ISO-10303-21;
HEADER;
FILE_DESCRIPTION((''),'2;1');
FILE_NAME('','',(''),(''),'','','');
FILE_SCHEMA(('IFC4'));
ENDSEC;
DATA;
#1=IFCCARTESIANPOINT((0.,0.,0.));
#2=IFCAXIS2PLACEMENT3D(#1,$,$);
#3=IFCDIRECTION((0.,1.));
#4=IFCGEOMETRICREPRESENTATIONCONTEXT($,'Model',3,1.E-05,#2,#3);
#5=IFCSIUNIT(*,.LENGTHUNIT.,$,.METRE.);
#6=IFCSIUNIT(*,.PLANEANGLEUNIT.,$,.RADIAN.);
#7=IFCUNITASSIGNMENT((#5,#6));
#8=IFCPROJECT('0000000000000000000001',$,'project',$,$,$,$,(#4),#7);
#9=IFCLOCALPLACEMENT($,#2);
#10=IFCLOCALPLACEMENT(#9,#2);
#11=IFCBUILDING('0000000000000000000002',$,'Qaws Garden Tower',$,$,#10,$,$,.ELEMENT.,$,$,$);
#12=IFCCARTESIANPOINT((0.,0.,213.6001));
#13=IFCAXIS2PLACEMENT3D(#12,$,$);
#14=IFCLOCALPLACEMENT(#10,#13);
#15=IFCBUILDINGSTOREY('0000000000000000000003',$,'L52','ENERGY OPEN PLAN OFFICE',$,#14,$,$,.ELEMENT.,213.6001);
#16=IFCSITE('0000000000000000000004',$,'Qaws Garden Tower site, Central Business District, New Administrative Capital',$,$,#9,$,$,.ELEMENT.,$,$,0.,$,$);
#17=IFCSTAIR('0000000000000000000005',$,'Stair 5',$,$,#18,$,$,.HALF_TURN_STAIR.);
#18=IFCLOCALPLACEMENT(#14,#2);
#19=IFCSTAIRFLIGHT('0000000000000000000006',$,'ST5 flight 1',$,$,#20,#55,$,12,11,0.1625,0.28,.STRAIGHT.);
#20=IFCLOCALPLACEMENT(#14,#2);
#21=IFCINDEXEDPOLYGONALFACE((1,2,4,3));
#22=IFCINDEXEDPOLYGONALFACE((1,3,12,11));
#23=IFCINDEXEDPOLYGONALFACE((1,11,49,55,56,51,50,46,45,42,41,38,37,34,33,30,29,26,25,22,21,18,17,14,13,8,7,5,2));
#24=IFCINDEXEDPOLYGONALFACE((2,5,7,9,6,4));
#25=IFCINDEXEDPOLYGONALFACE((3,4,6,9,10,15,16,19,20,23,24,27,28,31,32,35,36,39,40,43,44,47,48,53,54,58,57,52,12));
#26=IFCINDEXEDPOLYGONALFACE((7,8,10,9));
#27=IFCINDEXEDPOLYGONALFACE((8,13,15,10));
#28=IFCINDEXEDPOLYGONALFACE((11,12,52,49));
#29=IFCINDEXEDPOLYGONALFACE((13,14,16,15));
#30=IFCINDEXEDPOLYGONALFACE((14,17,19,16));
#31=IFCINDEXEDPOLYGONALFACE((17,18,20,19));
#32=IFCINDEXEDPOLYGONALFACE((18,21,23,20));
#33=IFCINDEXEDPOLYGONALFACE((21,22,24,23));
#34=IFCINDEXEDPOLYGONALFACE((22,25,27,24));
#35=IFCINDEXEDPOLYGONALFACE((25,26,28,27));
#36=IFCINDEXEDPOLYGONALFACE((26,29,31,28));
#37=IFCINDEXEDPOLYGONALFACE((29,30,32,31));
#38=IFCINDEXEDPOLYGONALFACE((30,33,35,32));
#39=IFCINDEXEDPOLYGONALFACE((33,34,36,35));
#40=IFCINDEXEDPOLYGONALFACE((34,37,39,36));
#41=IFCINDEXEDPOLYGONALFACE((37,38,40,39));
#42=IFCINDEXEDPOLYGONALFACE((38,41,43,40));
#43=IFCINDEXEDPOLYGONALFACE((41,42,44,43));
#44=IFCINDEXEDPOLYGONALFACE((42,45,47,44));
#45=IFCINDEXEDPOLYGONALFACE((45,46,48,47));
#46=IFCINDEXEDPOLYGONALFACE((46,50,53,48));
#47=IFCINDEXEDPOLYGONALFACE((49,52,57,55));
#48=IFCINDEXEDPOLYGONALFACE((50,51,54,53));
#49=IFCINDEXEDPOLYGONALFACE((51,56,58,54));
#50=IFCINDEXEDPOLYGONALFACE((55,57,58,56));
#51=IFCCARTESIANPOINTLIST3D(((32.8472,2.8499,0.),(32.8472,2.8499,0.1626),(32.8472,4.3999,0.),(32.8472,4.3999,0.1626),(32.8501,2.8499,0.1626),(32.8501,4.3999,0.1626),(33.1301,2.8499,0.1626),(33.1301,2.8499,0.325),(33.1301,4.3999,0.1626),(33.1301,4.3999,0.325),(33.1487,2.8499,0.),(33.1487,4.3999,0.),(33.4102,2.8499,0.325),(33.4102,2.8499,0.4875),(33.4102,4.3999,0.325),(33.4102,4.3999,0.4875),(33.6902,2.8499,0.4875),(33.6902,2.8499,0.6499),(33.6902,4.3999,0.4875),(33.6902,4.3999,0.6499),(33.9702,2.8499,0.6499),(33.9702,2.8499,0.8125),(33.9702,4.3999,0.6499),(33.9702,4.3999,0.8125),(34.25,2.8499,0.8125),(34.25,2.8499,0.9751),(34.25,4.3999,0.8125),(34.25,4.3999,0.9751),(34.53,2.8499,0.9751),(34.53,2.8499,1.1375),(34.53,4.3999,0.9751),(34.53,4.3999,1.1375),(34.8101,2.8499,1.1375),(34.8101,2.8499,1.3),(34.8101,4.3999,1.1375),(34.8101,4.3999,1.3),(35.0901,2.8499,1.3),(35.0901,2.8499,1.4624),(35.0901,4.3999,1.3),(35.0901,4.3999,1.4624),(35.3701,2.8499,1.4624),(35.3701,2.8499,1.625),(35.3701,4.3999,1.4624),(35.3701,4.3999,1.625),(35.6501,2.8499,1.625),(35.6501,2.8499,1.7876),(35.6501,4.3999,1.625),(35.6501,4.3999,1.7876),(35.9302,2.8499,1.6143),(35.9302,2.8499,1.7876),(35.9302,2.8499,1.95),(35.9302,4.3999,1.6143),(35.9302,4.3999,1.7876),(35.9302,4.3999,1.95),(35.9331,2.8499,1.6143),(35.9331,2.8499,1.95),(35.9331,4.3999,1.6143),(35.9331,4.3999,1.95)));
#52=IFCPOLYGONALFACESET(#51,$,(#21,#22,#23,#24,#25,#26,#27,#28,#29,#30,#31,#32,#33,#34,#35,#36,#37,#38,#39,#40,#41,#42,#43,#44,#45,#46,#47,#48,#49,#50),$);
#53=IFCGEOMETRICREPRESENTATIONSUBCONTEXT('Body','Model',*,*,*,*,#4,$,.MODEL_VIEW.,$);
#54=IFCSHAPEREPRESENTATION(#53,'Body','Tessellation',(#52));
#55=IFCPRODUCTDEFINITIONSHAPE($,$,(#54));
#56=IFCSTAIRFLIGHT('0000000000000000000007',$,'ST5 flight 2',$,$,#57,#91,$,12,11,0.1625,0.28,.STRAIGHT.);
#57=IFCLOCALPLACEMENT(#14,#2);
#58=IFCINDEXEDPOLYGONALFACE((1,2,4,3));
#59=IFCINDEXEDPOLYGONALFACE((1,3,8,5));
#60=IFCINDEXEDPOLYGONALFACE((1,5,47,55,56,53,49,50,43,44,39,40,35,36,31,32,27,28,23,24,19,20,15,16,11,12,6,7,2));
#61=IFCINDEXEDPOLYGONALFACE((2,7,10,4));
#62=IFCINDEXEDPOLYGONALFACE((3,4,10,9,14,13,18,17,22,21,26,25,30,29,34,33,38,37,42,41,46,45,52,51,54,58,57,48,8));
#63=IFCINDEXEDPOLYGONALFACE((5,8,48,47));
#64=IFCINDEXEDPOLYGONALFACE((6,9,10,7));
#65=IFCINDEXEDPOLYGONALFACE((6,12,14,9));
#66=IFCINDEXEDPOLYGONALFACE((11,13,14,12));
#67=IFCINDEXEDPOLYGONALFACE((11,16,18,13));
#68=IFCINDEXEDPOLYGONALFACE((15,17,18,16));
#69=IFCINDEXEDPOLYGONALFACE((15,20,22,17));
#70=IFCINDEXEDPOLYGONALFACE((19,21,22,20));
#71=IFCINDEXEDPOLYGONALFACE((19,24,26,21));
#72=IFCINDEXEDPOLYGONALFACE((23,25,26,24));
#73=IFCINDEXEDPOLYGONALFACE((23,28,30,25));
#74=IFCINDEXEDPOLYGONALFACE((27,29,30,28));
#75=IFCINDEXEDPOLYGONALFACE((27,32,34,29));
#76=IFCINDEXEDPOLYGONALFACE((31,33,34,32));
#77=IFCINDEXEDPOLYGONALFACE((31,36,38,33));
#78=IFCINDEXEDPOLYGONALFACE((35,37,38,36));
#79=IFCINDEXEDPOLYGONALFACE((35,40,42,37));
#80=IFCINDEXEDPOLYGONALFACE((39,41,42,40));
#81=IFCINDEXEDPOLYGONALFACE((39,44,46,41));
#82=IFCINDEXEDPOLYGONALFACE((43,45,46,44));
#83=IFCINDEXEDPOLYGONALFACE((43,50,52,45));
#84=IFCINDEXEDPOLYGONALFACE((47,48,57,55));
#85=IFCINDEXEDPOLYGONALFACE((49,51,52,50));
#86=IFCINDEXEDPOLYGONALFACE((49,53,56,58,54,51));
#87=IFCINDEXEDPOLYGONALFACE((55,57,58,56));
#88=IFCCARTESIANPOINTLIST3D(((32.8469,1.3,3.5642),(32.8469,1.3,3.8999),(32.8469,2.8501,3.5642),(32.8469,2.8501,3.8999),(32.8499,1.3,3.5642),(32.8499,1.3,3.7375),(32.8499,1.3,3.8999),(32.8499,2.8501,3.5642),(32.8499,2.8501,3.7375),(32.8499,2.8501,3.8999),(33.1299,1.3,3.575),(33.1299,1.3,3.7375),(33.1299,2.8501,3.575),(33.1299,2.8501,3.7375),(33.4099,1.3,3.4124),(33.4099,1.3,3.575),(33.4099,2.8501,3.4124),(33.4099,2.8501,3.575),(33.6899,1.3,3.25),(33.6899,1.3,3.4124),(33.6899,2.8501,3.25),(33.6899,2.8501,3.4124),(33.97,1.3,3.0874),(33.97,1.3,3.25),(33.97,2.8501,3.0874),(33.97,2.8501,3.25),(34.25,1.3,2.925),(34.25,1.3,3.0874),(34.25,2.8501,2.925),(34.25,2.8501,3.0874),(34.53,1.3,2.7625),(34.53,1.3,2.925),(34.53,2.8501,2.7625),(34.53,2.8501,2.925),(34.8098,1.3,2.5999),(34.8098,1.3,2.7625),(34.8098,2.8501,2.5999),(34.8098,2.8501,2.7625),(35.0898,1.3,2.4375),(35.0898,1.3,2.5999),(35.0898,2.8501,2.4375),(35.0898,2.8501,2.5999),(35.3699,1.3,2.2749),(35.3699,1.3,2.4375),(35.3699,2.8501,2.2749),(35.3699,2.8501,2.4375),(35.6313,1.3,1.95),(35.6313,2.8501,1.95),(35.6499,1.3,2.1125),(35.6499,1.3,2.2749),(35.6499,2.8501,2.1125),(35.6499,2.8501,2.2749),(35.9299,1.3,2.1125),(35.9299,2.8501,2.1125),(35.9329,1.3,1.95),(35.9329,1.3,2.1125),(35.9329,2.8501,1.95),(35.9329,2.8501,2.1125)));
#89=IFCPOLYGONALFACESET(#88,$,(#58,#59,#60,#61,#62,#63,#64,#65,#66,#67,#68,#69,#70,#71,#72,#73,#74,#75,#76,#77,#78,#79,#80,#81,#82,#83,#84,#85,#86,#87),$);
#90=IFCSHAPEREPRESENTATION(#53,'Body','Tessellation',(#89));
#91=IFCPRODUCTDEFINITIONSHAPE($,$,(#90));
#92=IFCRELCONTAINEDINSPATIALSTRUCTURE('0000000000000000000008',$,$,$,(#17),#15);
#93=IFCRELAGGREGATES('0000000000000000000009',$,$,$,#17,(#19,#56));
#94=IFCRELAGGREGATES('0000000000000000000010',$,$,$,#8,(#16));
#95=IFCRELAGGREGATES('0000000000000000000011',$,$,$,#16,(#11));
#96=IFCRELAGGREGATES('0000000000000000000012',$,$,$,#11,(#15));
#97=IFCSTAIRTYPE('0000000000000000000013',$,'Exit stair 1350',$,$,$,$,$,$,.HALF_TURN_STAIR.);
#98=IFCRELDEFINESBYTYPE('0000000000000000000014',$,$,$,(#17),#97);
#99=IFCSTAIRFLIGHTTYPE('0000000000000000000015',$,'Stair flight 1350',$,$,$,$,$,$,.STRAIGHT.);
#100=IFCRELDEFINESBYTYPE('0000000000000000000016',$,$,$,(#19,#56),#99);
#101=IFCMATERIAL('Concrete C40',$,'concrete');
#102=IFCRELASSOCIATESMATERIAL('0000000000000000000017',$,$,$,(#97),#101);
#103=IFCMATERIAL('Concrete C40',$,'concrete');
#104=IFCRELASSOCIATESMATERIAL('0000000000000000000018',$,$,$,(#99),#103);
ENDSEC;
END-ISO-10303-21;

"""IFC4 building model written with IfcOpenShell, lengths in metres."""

from ifc_helpers import new_model, si_unit, direction, frame, origin, place, context, subcontext, project, spatial, polyline, outline, extrude, material, type_object, element, aggregate, save


model = new_model("IFC4")

# Units and contexts
model_context = context("Model", 3, precision=1e-05, world=origin(), true_north=direction((0.0, 1.0)))
body_context = subcontext(model_context, "Body", "Model", "MODEL_VIEW")
ifc_project = project(units=[si_unit("LENGTHUNIT", "METRE"), si_unit("PLANEANGLEUNIT", "RADIAN")], contexts=[model_context])

# Site, building, storey
site_placement = place(None, origin())
site = spatial("IfcSite", under=ifc_project, at=site_placement, Name="Qaws Garden Tower site, Central Business District, New Administrative Capital", CompositionType="ELEMENT", RefElevation=0.0)
building_placement = place(site_placement, origin())
building = spatial("IfcBuilding", under=site, at=building_placement, Name="Qaws Garden Tower", CompositionType="ELEMENT")
storey_placement = place(building_placement, frame((0.0, 0.0, 213.6001)))
storey = spatial("IfcBuildingStorey", under=building, at=storey_placement, Name="L52", Description="ENERGY OPEN PLAN OFFICE", CompositionType="ELEMENT", Elevation=213.6001)

# Stair, stair flights
ifc_material_1 = material(Name="Concrete C40", Category="concrete")
stair_type = type_object("IfcStairType", Name="Exit stair 1350", PredefinedType="HALF_TURN_STAIR", material=ifc_material_1)
stair_placement = place(storey_placement, origin())
stair = element("IfcStair", 1, at=stair_placement, inside=storey, type_object=stair_type, Name="Stair 5", PredefinedType="HALF_TURN_STAIR")
ifc_material_2 = material(Name="Concrete C40", Category="concrete")
stair_flight_type = type_object("IfcStairFlightType", Name="Stair flight 1350", PredefinedType="STRAIGHT", material=ifc_material_2)
stair_flight_1_placement = place(storey_placement, frame((32.8501, 3.625, 0.0), z_axis=(0.0, 0.0, 1.0), x_axis=(1.0, 0.0, 0.0)))
stair_flight_1 = element("IfcStairFlight", 2, at=stair_flight_1_placement, type_object=stair_flight_type, Name="ST5 flight 1", NumberOfRisers=12, NumberOfTreads=11, PredefinedType="STRAIGHT", RiserHeight=0.1625, TreadLength=0.28, context=body_context, shape_type="SweptSolid", body=[
    extrude(outline(polyline([(-0.0029, 0.0), (-0.0029, 0.1626), (0.0, 0.1626), (0.28, 0.1626), (0.28, 0.325), (0.5601, 0.325), (0.5601, 0.4875), (0.8401, 0.4875), (0.8401, 0.6499), (1.1201, 0.6499), (1.1201, 0.8125), (1.3999, 0.8125), (1.3999, 0.9751), (1.6799, 0.9751), (1.6799, 1.1375), (1.96, 1.1375), (1.96, 1.3), (2.24, 1.3), (2.24, 1.4624), (2.52, 1.4624), (2.52, 1.625), (2.8, 1.625), (2.8, 1.7876), (3.0801, 1.7876), (3.0801, 1.95), (3.083, 1.95), (3.083, 1.6143), (3.0801, 1.6143), (0.2986, 0.0), (-0.0029, 0.0)])), frame((0.0, 0.7749, 0.0), z_axis=(0.0, -1.0, 0.0), x_axis=(1.0, 0.0, 0.0)), (0.0, 0.0, 1.0), 1.55),
])
stair_flight_2_placement = place(storey_placement, frame((35.9299, 2.075, 1.95), z_axis=(0.0, 0.0, 1.0), x_axis=(-1.0, 0.0, 0.0)))
stair_flight_2 = element("IfcStairFlight", 3, at=stair_flight_2_placement, type_object=stair_flight_type, Name="ST5 flight 2", NumberOfRisers=12, NumberOfTreads=11, PredefinedType="STRAIGHT", RiserHeight=0.1625, TreadLength=0.28, context=body_context, shape_type="SweptSolid", body=[
    extrude(outline(polyline([(-0.0029, 0.0), (-0.0029, 0.1626), (0.0, 0.1626), (0.28, 0.1626), (0.28, 0.325), (0.5601, 0.325), (0.5601, 0.4875), (0.8401, 0.4875), (0.8401, 0.6499), (1.1201, 0.6499), (1.1201, 0.8125), (1.3999, 0.8125), (1.3999, 0.9751), (1.6799, 0.9751), (1.6799, 1.1375), (1.96, 1.1375), (1.96, 1.3), (2.24, 1.3), (2.24, 1.4624), (2.52, 1.4624), (2.52, 1.625), (2.8, 1.625), (2.8, 1.7876), (3.0801, 1.7876), (3.0801, 1.95), (3.083, 1.95), (3.083, 1.6143), (3.0801, 1.6143), (0.2986, 0.0), (-0.0029, 0.0)])), frame((0.0, 0.7749, 0.0), z_axis=(0.0, -1.0, 0.0), x_axis=(1.0, 0.0, 0.0)), (0.0, 0.0, 1.0), 1.55),
])
aggregate(stair, [stair_flight_1, stair_flight_2])

save(model, "model.ifc")
